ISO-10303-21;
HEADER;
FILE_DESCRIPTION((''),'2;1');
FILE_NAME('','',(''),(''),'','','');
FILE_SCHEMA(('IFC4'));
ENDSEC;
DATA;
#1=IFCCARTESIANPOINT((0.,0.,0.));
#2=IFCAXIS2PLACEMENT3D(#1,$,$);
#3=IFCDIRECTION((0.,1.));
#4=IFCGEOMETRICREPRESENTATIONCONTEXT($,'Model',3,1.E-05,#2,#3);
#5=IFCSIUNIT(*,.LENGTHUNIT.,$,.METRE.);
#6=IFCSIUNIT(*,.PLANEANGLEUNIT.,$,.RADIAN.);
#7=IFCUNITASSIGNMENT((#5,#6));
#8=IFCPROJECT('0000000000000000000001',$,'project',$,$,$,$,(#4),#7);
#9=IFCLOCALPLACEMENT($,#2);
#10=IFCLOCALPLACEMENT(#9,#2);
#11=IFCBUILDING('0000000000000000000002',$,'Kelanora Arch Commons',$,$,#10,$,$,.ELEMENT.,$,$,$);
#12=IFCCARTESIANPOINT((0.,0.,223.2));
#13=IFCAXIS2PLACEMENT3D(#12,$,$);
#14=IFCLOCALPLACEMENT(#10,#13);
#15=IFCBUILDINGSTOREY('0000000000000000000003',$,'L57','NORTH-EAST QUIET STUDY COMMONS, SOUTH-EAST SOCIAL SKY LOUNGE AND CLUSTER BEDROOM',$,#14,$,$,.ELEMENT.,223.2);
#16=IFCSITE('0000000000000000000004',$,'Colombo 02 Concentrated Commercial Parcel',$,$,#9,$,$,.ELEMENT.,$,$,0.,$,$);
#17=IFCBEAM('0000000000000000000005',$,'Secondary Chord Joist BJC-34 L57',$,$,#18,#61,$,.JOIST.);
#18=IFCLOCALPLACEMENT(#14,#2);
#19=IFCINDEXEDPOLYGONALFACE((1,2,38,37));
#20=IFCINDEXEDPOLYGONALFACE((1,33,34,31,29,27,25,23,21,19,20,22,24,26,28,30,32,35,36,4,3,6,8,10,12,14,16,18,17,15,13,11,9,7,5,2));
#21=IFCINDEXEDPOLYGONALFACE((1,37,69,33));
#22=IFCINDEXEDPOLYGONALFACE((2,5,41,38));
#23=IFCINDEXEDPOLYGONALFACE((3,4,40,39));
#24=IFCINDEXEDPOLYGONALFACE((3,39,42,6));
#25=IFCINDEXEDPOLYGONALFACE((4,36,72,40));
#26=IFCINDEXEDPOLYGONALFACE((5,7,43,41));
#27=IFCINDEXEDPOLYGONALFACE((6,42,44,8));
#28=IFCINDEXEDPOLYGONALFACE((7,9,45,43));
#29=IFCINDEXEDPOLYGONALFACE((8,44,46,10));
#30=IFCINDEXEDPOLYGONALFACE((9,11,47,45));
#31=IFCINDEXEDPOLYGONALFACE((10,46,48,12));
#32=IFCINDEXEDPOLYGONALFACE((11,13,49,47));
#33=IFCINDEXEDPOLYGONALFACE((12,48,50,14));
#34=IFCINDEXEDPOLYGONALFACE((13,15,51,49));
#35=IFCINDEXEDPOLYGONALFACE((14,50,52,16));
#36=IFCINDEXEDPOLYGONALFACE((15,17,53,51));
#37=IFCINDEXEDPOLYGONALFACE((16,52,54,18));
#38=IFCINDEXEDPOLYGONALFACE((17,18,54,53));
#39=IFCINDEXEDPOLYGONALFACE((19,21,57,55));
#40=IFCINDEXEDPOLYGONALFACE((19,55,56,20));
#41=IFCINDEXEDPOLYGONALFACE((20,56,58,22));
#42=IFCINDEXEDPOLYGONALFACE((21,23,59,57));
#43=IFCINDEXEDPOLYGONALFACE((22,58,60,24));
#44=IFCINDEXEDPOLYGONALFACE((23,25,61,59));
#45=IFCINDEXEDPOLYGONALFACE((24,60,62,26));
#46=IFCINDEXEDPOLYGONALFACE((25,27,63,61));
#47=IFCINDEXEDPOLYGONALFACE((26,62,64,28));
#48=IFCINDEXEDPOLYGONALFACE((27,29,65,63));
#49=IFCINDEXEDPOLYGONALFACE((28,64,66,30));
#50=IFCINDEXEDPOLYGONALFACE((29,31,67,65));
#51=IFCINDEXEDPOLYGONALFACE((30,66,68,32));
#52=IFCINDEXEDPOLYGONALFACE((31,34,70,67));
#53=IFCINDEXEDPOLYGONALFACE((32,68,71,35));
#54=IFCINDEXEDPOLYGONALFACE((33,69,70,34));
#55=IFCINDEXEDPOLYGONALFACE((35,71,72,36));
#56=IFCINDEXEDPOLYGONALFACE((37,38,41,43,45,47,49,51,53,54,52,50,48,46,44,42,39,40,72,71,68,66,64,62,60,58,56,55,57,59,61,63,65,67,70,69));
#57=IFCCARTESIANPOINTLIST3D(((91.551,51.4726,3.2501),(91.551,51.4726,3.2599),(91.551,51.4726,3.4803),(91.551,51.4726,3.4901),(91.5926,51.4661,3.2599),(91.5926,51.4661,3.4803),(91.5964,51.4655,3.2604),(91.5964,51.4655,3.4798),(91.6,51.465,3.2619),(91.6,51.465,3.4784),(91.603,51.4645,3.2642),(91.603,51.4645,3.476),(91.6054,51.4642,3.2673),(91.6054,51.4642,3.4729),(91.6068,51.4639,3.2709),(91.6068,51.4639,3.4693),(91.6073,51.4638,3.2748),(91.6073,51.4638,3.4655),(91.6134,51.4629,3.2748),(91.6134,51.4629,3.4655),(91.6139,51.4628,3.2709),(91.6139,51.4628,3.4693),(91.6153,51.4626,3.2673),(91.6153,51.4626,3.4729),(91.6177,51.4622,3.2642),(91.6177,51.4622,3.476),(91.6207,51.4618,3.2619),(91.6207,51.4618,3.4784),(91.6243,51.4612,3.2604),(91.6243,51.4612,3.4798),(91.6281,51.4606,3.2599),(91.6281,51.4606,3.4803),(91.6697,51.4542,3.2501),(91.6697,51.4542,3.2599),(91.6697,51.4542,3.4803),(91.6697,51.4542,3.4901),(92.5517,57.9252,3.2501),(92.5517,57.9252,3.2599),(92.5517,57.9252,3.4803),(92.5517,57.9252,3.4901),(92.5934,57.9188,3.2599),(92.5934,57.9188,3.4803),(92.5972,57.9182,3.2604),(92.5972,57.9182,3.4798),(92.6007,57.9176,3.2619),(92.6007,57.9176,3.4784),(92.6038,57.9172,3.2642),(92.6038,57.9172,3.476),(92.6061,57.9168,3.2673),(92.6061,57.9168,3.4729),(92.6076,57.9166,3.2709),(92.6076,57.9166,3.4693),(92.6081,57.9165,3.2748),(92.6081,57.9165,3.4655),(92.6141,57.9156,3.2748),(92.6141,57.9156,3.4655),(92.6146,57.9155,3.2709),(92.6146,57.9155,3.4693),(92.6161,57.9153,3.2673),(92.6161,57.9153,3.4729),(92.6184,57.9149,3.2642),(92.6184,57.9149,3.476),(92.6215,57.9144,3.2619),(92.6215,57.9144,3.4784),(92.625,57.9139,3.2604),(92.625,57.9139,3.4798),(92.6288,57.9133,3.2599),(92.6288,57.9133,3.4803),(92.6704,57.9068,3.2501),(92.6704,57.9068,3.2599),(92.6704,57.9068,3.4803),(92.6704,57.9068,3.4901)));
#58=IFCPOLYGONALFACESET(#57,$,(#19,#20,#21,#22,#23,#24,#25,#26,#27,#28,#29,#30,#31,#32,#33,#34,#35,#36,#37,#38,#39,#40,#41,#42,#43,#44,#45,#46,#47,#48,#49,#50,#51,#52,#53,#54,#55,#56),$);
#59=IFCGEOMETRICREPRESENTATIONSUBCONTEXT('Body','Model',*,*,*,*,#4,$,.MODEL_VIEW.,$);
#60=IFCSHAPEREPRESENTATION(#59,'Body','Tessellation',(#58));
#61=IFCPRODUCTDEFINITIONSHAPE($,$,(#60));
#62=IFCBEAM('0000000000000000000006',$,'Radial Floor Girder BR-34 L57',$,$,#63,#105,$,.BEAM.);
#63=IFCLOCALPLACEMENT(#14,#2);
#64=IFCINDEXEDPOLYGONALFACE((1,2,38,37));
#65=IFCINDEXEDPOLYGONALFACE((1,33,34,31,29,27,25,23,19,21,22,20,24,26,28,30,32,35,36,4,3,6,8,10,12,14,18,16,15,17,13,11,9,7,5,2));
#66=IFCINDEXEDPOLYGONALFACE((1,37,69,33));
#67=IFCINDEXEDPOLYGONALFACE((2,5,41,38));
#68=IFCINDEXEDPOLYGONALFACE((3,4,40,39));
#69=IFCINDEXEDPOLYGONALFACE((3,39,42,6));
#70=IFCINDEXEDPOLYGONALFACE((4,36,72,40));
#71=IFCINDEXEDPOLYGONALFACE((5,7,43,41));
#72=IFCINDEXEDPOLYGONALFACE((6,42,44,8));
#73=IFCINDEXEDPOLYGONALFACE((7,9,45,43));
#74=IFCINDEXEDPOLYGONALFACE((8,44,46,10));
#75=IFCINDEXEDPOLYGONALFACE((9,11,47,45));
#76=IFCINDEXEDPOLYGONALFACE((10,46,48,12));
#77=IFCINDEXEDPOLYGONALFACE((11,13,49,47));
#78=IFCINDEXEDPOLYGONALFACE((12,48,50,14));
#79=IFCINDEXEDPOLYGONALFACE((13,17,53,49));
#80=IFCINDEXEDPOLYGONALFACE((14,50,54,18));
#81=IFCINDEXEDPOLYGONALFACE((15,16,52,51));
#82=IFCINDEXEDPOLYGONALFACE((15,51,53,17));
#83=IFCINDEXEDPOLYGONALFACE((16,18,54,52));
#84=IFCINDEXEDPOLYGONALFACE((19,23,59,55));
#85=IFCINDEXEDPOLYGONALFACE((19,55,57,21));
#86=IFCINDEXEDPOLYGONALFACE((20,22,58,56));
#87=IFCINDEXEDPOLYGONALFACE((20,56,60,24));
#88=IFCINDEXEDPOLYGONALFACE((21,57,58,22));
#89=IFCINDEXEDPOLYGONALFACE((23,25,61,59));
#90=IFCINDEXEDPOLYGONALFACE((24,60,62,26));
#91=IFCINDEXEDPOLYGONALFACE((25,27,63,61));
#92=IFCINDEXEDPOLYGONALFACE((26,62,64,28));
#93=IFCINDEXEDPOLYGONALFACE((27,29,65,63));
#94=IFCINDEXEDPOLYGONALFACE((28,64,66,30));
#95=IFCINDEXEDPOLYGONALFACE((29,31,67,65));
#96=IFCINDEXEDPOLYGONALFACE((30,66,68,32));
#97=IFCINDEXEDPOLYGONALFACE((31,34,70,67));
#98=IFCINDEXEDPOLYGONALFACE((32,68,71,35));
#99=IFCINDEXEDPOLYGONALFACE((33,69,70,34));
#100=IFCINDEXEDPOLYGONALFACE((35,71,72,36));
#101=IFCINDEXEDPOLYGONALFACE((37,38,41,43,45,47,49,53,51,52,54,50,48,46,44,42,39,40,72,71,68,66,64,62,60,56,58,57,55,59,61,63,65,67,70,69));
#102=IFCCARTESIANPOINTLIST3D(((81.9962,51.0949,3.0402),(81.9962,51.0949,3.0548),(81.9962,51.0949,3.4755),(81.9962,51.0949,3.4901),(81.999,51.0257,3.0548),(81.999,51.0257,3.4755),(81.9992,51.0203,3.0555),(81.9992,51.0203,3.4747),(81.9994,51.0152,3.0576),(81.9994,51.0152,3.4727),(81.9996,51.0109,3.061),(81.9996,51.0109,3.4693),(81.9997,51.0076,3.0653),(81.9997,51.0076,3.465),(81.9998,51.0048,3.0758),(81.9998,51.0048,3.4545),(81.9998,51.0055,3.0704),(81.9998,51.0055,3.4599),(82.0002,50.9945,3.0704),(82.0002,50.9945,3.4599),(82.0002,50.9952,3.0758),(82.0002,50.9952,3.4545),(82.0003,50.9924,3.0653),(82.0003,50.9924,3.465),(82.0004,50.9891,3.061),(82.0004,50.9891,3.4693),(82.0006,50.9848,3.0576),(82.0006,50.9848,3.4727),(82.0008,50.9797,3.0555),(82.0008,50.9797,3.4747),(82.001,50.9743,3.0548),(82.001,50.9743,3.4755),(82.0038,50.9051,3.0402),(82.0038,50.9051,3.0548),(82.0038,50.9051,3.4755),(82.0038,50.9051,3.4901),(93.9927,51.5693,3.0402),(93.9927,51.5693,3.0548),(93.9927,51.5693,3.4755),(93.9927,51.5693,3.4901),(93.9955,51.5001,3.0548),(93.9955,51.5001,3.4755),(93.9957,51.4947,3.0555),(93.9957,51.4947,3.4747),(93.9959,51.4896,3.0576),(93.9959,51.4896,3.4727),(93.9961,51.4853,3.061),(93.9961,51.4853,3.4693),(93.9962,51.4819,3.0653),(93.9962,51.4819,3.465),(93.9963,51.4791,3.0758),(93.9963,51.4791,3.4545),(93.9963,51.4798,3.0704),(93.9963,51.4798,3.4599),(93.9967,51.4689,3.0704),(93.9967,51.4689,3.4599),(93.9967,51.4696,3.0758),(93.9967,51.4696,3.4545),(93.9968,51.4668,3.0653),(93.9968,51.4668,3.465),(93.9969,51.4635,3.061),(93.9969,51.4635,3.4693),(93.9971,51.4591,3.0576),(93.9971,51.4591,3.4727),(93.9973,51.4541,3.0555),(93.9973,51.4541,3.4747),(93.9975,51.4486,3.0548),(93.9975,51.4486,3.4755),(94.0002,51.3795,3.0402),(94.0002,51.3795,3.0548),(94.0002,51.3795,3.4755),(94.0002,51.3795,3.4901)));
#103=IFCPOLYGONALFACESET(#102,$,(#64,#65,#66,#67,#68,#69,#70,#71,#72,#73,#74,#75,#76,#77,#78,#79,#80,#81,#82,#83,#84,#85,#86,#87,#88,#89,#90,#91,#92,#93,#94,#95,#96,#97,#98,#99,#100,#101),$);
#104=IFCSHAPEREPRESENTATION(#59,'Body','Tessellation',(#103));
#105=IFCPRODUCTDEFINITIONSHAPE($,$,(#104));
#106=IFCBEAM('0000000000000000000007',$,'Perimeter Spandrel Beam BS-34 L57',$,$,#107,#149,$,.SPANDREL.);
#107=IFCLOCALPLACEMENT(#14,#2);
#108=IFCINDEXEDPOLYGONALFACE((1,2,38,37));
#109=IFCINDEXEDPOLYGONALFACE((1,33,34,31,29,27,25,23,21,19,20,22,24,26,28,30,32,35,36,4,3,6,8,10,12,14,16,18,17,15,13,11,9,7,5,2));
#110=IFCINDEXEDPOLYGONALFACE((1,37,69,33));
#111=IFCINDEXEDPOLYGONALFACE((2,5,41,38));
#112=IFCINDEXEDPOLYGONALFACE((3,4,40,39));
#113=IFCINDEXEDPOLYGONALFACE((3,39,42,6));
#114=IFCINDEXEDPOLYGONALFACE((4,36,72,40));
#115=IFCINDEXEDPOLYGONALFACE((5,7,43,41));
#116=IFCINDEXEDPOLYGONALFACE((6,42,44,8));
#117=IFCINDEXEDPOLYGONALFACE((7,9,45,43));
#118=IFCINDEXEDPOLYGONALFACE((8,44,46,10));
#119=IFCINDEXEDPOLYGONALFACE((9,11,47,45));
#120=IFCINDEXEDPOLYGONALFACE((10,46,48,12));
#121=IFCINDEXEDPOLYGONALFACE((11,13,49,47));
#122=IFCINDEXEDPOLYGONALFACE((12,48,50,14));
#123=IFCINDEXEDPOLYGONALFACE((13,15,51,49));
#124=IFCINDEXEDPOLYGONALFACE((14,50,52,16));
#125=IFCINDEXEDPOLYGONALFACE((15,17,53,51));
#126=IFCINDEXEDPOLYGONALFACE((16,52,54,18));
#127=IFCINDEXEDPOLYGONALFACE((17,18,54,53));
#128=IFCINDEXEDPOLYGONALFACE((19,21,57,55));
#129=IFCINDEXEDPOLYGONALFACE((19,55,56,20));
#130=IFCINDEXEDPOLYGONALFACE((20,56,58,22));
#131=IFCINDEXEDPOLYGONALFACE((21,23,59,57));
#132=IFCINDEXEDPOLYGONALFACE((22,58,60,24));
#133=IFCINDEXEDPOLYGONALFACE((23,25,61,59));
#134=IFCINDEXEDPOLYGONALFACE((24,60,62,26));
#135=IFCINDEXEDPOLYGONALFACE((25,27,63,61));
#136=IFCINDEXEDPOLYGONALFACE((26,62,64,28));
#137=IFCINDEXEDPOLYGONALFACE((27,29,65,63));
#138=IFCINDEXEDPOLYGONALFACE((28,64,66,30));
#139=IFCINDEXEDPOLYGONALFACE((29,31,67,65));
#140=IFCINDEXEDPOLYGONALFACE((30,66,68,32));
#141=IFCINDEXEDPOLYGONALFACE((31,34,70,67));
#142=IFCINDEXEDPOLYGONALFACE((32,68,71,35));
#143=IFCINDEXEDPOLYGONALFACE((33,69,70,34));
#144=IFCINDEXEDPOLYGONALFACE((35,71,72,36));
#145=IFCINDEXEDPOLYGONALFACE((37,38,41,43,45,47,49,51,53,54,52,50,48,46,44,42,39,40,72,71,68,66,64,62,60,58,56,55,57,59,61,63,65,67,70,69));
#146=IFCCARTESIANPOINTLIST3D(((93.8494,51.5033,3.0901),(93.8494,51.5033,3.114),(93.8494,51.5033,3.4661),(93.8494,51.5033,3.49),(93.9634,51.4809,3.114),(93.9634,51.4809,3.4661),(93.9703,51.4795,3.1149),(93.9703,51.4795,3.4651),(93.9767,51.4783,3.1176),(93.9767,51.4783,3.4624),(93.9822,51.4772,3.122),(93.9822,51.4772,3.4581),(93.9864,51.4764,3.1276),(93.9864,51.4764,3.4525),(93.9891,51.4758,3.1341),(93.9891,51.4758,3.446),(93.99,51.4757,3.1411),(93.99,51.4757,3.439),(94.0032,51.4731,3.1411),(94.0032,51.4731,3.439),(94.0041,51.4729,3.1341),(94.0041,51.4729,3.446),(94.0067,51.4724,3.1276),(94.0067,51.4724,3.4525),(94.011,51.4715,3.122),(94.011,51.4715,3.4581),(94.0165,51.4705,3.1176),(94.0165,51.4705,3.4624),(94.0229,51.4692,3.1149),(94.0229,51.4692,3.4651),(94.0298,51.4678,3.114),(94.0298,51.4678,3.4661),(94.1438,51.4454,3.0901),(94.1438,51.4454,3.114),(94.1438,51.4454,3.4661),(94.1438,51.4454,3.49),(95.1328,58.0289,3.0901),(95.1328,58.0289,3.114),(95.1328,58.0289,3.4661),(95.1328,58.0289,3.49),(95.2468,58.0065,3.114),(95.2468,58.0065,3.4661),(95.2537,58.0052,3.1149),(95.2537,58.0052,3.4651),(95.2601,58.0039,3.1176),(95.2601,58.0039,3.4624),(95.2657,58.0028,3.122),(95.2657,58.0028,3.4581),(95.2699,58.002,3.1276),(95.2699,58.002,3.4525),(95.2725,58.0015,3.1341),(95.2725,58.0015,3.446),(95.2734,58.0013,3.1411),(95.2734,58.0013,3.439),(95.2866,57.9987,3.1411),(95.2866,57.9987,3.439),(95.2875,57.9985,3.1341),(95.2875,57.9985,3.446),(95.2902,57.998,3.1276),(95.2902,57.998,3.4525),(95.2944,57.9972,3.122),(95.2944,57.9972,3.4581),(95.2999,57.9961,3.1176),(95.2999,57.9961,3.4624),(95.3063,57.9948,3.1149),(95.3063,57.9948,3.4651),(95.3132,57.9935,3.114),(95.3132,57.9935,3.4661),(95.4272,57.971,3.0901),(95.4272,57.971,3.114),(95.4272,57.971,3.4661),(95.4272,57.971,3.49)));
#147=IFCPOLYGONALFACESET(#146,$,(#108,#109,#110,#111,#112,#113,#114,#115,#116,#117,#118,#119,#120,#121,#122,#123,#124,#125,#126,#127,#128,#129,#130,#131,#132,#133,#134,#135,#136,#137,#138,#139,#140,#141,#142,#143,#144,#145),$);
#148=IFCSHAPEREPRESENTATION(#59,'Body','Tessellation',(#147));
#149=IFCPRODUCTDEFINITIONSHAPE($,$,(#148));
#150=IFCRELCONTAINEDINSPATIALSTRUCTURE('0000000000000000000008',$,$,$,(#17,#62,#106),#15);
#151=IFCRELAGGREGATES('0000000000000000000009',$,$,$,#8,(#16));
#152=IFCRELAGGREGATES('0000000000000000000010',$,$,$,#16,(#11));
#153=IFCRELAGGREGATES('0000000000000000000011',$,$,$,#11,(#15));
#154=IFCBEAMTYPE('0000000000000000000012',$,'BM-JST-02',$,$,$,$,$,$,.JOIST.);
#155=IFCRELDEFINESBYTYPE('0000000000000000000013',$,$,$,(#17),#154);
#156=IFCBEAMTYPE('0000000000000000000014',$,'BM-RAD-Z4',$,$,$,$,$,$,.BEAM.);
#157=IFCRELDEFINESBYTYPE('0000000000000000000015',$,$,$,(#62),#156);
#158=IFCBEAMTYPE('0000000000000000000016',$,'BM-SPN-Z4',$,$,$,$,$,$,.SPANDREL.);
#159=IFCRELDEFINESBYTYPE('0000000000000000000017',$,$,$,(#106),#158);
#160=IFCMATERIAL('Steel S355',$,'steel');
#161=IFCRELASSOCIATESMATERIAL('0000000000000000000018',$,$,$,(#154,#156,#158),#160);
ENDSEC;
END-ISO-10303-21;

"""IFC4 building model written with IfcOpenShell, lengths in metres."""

from ifc_helpers import new_model, si_unit, direction, frame, origin, origin_2d, place, context, subcontext, project, spatial, i_section, extrude, material, material_profile, profile_set, type_object, element, save


model = new_model("IFC4")

# Units and contexts
model_context = context("Model", 3, precision=1e-05, world=origin(), true_north=direction((0.0, 1.0)))
body_context = subcontext(model_context, "Body", "Model", "MODEL_VIEW")
ifc_project = project(units=[si_unit("LENGTHUNIT", "METRE"), si_unit("PLANEANGLEUNIT", "RADIAN")], contexts=[model_context])

# Site, building, storey
site_placement = place(None, origin())
site = spatial("IfcSite", under=ifc_project, at=site_placement, Name="Colombo 02 Concentrated Commercial Parcel", CompositionType="ELEMENT", RefElevation=0.0)
building_placement = place(site_placement, origin())
building = spatial("IfcBuilding", under=site, at=building_placement, Name="Kelanora Arch Commons", CompositionType="ELEMENT")
storey_placement = place(building_placement, frame((0.0, 0.0, 223.2)))
storey = spatial("IfcBuildingStorey", under=building, at=storey_placement, Name="L57", Description="NORTH-EAST QUIET STUDY COMMONS, SOUTH-EAST SOCIAL SKY LOUNGE AND CLUSTER BEDROOM", CompositionType="ELEMENT", Elevation=223.2)

# Beams
ifc_material_1 = material(Name="Steel S355", Category="steel")
ifc_material_profile_1 = material_profile(ifc_material_1, i_section(OverallWidth=0.1201, OverallDepth=0.24, WebThickness=0.0061, FlangeThickness=0.0098, FilletRadius=0.0149, at=origin_2d()), Name="IPE240")
ifc_profile_set_1 = profile_set([ifc_material_profile_1], Name="Steel S355")
beam_type_1 = type_object("IfcBeamType", Name="BM-JST-02", PredefinedType="JOIST", material=ifc_profile_set_1)
beam_1_placement = place(storey_placement, frame((91.6104, 51.4634, 3.3701), z_axis=(0.153257, 0.988186, 0.0), x_axis=(-0.988186, 0.153257, 0.0)))
element("IfcBeam", 1, at=beam_1_placement, inside=storey, type_object=beam_type_1, Name="Secondary Chord Joist BJC-34 L57", PredefinedType="JOIST", context=body_context, shape_type="SweptSolid", body=[
    extrude(i_section(OverallWidth=0.1201, OverallDepth=0.24, WebThickness=0.0061, FlangeThickness=0.0098, FilletRadius=0.0149, at=origin_2d()), origin(), (0.0, 0.0, 1.0), 6.5298),
])
ifc_material_profile_2 = material_profile(ifc_material_1, i_section(OverallWidth=0.1899, OverallDepth=0.45, WebThickness=0.0095, FlangeThickness=0.0146, FilletRadius=0.021, at=origin_2d()), Name="IPE450")
ifc_profile_set_2 = profile_set([ifc_material_profile_2], Name="Steel S355")
beam_type_2 = type_object("IfcBeamType", Name="BM-RAD-Z4", PredefinedType="BEAM", material=ifc_profile_set_2)
beam_2_placement = place(storey_placement, frame((82.0, 51.0, 3.2651), z_axis=(0.999219, 0.039511, 0.0), x_axis=(-0.039511, 0.999219, 0.0)))
element("IfcBeam", 2, at=beam_2_placement, inside=storey, type_object=beam_type_2, Name="Radial Floor Girder BR-34 L57", PredefinedType="BEAM", context=body_context, shape_type="SweptSolid", body=[
    extrude(i_section(OverallWidth=0.1899, OverallDepth=0.45, WebThickness=0.0095, FlangeThickness=0.0146, FilletRadius=0.021, at=origin_2d()), origin(), (0.0, 0.0, 1.0), 12.0059),
])
ifc_material_profile_3 = material_profile(ifc_material_1, i_section(OverallWidth=0.3, OverallDepth=0.3999, WebThickness=0.0134, FlangeThickness=0.0239, FilletRadius=0.0271, at=origin_2d()), Name="HEB400")
ifc_profile_set_3 = profile_set([ifc_material_profile_3], Name="Steel S355")
beam_type_3 = type_object("IfcBeamType", Name="BM-SPN-Z4", PredefinedType="SPANDREL", material=ifc_profile_set_3)
beam_3_placement = place(storey_placement, frame((93.9966, 51.4744, 3.29), z_axis=(0.192981, 0.981203, 0.0), x_axis=(-0.981203, 0.192981, 0.0)))
element("IfcBeam", 3, at=beam_3_placement, inside=storey, type_object=beam_type_3, Name="Perimeter Spandrel Beam BS-34 L57", PredefinedType="SPANDREL", context=body_context, shape_type="SweptSolid", body=[
    extrude(i_section(OverallWidth=0.3, OverallDepth=0.3999, WebThickness=0.0134, FlangeThickness=0.0239, FilletRadius=0.0271, at=origin_2d()), origin(), (0.0, 0.0, 1.0), 6.6506),
])

save(model, "model.ifc")
